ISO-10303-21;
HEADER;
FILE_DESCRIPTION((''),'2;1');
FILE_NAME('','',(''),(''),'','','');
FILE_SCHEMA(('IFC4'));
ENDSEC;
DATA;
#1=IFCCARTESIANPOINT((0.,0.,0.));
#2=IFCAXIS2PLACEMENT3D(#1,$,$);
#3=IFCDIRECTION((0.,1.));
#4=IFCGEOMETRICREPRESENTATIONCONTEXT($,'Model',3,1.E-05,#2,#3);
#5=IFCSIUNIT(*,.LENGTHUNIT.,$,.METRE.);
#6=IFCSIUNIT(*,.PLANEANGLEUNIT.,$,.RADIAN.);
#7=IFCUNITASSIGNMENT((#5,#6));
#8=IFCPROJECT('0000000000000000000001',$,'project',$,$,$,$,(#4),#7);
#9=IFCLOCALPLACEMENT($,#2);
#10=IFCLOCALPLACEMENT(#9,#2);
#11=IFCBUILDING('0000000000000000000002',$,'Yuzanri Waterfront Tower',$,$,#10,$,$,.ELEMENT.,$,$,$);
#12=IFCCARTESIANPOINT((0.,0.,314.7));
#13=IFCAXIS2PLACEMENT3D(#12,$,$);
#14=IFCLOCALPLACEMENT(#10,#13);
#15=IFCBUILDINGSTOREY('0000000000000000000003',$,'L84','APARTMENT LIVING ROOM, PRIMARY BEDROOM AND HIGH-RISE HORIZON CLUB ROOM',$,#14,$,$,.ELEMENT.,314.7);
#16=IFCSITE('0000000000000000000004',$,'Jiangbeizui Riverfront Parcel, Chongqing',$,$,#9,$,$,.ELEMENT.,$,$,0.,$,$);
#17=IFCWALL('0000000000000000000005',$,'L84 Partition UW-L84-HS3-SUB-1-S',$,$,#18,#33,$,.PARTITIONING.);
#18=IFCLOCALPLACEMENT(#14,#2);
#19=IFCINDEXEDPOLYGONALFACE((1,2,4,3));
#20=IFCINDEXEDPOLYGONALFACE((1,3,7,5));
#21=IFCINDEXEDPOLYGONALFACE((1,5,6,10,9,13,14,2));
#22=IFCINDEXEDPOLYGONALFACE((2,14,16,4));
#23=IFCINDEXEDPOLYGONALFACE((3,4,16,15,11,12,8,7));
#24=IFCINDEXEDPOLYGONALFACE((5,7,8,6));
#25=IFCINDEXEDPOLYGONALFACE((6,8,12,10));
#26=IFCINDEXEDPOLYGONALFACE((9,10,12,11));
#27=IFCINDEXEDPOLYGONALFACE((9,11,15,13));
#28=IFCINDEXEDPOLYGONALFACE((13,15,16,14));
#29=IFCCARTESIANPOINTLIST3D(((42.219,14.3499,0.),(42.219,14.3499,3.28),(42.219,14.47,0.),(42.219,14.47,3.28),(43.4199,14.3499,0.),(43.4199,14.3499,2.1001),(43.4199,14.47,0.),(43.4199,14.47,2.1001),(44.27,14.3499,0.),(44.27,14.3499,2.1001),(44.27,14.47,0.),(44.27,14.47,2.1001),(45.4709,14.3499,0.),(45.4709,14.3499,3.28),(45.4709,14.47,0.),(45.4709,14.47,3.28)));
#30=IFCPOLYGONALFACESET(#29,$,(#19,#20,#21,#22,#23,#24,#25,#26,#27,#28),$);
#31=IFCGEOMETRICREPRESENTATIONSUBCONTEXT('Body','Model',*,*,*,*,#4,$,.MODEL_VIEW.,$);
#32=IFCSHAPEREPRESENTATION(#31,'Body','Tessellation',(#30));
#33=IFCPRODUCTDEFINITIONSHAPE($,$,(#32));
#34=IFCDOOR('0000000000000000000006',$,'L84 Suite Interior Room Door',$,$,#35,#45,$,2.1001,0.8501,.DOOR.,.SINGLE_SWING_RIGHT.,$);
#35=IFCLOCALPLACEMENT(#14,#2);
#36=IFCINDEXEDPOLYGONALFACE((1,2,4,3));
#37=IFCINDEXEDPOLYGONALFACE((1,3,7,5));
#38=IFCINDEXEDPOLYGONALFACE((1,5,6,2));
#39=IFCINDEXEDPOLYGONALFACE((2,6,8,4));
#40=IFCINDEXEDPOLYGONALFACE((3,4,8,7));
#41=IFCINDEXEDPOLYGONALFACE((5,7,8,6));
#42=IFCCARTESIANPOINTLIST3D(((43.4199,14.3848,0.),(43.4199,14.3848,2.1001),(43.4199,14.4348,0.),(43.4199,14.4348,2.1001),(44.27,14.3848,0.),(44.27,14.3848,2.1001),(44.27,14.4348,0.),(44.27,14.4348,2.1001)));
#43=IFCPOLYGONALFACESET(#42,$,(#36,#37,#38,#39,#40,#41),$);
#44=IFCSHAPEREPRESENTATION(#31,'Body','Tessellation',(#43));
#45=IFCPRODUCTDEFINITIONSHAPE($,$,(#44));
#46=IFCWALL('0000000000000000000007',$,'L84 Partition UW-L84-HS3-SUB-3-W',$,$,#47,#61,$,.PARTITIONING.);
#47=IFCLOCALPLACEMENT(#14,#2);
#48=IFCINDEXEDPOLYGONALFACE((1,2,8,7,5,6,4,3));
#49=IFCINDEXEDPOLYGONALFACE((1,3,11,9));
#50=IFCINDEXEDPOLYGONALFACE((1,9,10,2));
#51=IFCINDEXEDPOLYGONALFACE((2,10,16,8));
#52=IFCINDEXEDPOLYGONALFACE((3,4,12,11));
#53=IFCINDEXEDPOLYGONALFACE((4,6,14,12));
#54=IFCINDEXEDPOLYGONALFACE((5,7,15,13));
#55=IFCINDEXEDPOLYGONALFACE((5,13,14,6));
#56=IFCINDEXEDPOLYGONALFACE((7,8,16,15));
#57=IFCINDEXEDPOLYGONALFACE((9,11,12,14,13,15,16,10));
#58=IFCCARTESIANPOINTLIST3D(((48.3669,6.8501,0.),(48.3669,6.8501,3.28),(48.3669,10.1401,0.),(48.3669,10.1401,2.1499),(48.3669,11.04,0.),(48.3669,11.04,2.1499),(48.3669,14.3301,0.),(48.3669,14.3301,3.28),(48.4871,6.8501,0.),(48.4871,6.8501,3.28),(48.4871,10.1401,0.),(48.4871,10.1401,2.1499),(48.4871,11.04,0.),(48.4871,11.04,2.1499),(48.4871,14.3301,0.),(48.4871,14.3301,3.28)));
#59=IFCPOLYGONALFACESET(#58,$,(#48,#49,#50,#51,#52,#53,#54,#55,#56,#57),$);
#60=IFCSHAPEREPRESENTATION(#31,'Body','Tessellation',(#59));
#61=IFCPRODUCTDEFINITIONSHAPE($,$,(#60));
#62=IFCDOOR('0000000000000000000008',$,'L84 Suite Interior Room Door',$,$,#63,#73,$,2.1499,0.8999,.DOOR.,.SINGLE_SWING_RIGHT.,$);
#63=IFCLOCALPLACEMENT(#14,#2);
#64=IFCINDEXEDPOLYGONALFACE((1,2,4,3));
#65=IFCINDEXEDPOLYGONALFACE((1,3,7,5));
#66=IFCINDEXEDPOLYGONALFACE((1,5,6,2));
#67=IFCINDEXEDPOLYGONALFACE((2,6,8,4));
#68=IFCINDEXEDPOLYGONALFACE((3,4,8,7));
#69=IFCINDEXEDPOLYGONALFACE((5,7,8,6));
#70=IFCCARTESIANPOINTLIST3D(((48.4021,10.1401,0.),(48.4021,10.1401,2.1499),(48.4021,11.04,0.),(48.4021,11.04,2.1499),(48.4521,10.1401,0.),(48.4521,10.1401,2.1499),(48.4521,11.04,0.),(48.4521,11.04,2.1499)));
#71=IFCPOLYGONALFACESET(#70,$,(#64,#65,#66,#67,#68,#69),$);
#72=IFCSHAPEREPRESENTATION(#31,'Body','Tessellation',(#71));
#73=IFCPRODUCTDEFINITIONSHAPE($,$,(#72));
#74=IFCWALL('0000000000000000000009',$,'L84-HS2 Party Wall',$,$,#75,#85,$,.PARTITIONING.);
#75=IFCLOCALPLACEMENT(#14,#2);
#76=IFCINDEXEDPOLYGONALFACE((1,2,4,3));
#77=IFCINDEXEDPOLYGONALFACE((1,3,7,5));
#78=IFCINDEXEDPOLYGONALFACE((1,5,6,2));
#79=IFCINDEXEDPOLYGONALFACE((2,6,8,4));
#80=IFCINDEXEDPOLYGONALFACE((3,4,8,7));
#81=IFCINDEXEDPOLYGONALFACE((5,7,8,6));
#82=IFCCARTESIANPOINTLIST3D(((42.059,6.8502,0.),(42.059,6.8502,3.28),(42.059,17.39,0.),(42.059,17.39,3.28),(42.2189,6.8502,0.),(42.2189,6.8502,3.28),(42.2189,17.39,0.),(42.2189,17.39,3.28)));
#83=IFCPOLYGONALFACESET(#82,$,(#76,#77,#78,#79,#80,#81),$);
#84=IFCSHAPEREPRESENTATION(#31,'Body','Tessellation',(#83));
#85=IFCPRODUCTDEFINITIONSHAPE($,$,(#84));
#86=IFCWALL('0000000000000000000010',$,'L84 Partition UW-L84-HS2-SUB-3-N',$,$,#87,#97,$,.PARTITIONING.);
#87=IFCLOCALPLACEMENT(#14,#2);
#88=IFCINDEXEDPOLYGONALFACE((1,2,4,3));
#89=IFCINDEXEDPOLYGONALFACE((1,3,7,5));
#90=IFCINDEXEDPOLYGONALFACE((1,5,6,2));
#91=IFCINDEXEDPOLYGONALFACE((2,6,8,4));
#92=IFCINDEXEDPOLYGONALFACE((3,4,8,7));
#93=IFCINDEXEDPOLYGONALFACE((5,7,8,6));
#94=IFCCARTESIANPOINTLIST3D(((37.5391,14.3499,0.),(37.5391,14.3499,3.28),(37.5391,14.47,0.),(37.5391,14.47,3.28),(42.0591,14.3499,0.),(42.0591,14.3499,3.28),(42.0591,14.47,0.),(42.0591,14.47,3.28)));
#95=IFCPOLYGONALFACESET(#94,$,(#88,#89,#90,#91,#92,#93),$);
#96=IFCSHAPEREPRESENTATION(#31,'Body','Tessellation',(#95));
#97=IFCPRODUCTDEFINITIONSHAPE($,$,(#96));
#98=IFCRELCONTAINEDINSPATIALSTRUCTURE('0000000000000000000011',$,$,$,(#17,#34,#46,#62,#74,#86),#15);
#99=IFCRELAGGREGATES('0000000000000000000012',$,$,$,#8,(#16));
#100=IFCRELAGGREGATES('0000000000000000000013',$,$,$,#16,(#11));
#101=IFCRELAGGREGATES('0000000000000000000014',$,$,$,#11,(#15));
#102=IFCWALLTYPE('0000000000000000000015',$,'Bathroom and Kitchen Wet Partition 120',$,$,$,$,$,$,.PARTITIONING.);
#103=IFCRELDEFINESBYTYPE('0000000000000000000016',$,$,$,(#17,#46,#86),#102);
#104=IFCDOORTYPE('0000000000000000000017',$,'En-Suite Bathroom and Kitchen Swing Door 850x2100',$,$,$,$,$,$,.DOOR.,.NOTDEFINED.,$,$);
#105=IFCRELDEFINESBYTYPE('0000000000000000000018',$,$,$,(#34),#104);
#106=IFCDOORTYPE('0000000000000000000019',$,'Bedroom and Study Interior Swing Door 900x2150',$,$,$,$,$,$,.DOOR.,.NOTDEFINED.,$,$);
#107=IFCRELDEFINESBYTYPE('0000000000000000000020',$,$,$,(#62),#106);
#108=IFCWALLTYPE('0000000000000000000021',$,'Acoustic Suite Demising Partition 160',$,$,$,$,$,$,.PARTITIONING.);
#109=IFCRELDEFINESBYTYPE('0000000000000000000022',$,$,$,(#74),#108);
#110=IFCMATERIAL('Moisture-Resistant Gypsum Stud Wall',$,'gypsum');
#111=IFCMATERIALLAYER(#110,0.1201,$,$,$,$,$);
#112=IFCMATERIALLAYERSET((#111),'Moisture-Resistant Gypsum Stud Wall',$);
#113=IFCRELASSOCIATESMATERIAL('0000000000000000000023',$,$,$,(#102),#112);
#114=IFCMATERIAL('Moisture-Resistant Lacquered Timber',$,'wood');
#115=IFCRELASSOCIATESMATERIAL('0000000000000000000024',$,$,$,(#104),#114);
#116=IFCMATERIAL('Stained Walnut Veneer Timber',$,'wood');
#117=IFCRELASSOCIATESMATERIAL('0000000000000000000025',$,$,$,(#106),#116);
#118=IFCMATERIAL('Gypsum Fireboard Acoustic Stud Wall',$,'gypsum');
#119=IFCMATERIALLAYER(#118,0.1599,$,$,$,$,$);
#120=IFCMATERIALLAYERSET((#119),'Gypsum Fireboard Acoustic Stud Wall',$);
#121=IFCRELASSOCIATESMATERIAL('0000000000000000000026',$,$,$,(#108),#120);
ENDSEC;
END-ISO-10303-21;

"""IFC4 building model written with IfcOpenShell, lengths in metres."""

from ifc_helpers import new_model, si_unit, direction, frame, frame_2d, origin, place, context, subcontext, project, spatial, rectangle, extrude, source, transform, mapped, material, layer, layer_set, type_object, element, fill, save


model = new_model("IFC4")

# Units and contexts
model_context = context("Model", 3, precision=1e-05, world=origin(), true_north=direction((0.0, 1.0)))
body_context = subcontext(model_context, "Body", "Model", "MODEL_VIEW")
ifc_project = project(units=[si_unit("LENGTHUNIT", "METRE"), si_unit("PLANEANGLEUNIT", "RADIAN")], contexts=[model_context])

# Site, building, storey
site_placement = place(None, origin())
site = spatial("IfcSite", under=ifc_project, at=site_placement, Name="Jiangbeizui Riverfront Parcel, Chongqing", CompositionType="ELEMENT", RefElevation=0.0)
building_placement = place(site_placement, origin())
building = spatial("IfcBuilding", under=site, at=building_placement, Name="Yuzanri Waterfront Tower", CompositionType="ELEMENT")
storey_placement = place(building_placement, frame((0.0, 0.0, 314.7)))
storey = spatial("IfcBuildingStorey", under=building, at=storey_placement, Name="L84", Description="APARTMENT LIVING ROOM, PRIMARY BEDROOM AND HIGH-RISE HORIZON CLUB ROOM", CompositionType="ELEMENT", Elevation=314.7)

# Walls, openings, doors
ifc_material_1 = material(Name="Moisture-Resistant Gypsum Stud Wall", Category="gypsum")
ifc_layer_1 = layer(ifc_material_1, 0.1201)
ifc_layer_set_1 = layer_set([ifc_layer_1], Name="Moisture-Resistant Gypsum Stud Wall")
wall_type_1 = type_object("IfcWallType", Name="Bathroom and Kitchen Wet Partition 120", PredefinedType="PARTITIONING", material=ifc_layer_set_1)
ifc_material_2 = material(Name="Moisture-Resistant Lacquered Timber", Category="wood")
door_type_1 = type_object("IfcDoorType", Name="En-Suite Bathroom and Kitchen Swing Door 850x2100", OperationType="NOTDEFINED", PredefinedType="DOOR", material=ifc_material_2)
shared_shape_1 = source(origin(), body_context, "Body", "SweptSolid", [
    extrude(rectangle(XDim=0.8501, YDim=2.1001, at=frame_2d((0.425, 1.05))), frame((0.0, 0.0249, 0.0), z_axis=(0.0, -1.0, 0.0), x_axis=(1.0, 0.0, 0.0)), (0.0, 0.0, 1.0), 0.05),
])
ifc_material_3 = material(Name="Stained Walnut Veneer Timber", Category="wood")
door_type_2 = type_object("IfcDoorType", Name="Bedroom and Study Interior Swing Door 900x2150", OperationType="NOTDEFINED", PredefinedType="DOOR", material=ifc_material_3)
shared_shape_2 = source(origin(), body_context, "Body", "SweptSolid", [
    extrude(rectangle(XDim=0.8999, YDim=2.1499, at=frame_2d((0.45, 1.075))), frame((0.0, 0.0249, 0.0), z_axis=(0.0, -1.0, 0.0), x_axis=(1.0, 0.0, 0.0)), (0.0, 0.0, 1.0), 0.05),
])
wall_1_placement = place(storey_placement, frame((42.219, 14.4099, 0.0), z_axis=(0.0, 0.0, 1.0), x_axis=(1.0, 0.0, 0.0)))
wall_1 = element("IfcWall", 1, at=wall_1_placement, inside=storey, type_object=wall_type_1, Name="L84 Partition UW-L84-HS3-SUB-1-S", PredefinedType="PARTITIONING", context=body_context, shape_type="SweptSolid", body=[
    extrude(rectangle(XDim=3.252, YDim=0.1201, at=frame_2d((1.626, 0.0))), origin(), (0.0, 0.0, 1.0), 3.28),
])
opening_1_placement = place(wall_1_placement, frame((1.2009, 0.0, 0.0)))
opening_1 = element("IfcOpeningElement", 2, at=opening_1_placement, cuts=wall_1, PredefinedType="OPENING", context=body_context, shape_type="SweptSolid", body=[
    extrude(rectangle(XDim=0.8501, YDim=2.1001, at=frame_2d((0.425, 1.05))), frame((0.0, 0.075, 0.0), z_axis=(0.0, -1.0, 0.0), x_axis=(1.0, 0.0, 0.0)), (0.0, 0.0, 1.0), 0.1499),
])
door_1_placement = place(opening_1_placement, origin())
door_1 = element("IfcDoor", 3, at=door_1_placement, inside=storey, type_object=door_type_1, Name="L84 Suite Interior Room Door", OperationType="SINGLE_SWING_RIGHT", OverallHeight=2.1001, OverallWidth=0.8501, PredefinedType="DOOR", context=body_context, shape_type="MappedRepresentation", body=[
    mapped(shared_shape_1, transform((0.0, 0.0, 0.0), scale=1.0)),
])
fill(opening_1, door_1)
wall_2_placement = place(storey_placement, frame((48.427, 6.8501, 0.0), z_axis=(0.0, 0.0, 1.0), x_axis=(0.0, 1.0, 0.0)))
wall_2 = element("IfcWall", 4, at=wall_2_placement, inside=storey, type_object=wall_type_1, Name="L84 Partition UW-L84-HS3-SUB-3-W", PredefinedType="PARTITIONING", context=body_context, shape_type="SweptSolid", body=[
    extrude(rectangle(XDim=7.48, YDim=0.1201, at=frame_2d((3.74, 0.0))), origin(), (0.0, 0.0, 1.0), 3.28),
])
opening_2_placement = place(wall_2_placement, frame((3.29, 0.0, 0.0)))
opening_2 = element("IfcOpeningElement", 5, at=opening_2_placement, cuts=wall_2, PredefinedType="OPENING", context=body_context, shape_type="SweptSolid", body=[
    extrude(rectangle(XDim=0.8999, YDim=2.1499, at=frame_2d((0.45, 1.075))), frame((0.0, 0.075, 0.0), z_axis=(0.0, -1.0, 0.0), x_axis=(1.0, 0.0, 0.0)), (0.0, 0.0, 1.0), 0.1499),
])
door_2_placement = place(opening_2_placement, origin())
door_2 = element("IfcDoor", 6, at=door_2_placement, inside=storey, type_object=door_type_2, Name="L84 Suite Interior Room Door", OperationType="SINGLE_SWING_RIGHT", OverallHeight=2.1499, OverallWidth=0.8999, PredefinedType="DOOR", context=body_context, shape_type="MappedRepresentation", body=[
    mapped(shared_shape_2, transform((0.0, 0.0, 0.0), scale=1.0)),
])
fill(opening_2, door_2)

# Walls
ifc_material_4 = material(Name="Gypsum Fireboard Acoustic Stud Wall", Category="gypsum")
ifc_layer_2 = layer(ifc_material_4, 0.1599)
ifc_layer_set_2 = layer_set([ifc_layer_2], Name="Gypsum Fireboard Acoustic Stud Wall")
wall_type_2 = type_object("IfcWallType", Name="Acoustic Suite Demising Partition 160", PredefinedType="PARTITIONING", material=ifc_layer_set_2)
shared_shape_3 = source(origin(), body_context, "Body", "SweptSolid", [
    extrude(rectangle(XDim=10.5398, YDim=0.1599, at=frame_2d((5.27, 0.0))), origin(), (0.0, 0.0, 1.0), 3.28),
])
wall_3_placement = place(storey_placement, frame((42.1389, 6.8501, 0.0), z_axis=(0.0, 0.0, 1.0), x_axis=(0.0, 1.0, 0.0)))
element("IfcWall", 7, at=wall_3_placement, inside=storey, type_object=wall_type_2, Name="L84-HS2 Party Wall", PredefinedType="PARTITIONING", context=body_context, shape_type="MappedRepresentation", body=[
    mapped(shared_shape_3, transform((0.0, 0.0, 0.0), scale=1.0)),
])
shared_shape_4 = source(origin(), body_context, "Body", "SweptSolid", [
    extrude(rectangle(XDim=4.52, YDim=0.1201, at=frame_2d((2.26, 0.0))), origin(), (0.0, 0.0, 1.0), 3.28),
])
wall_4_placement = place(storey_placement, frame((37.5391, 14.4099, 0.0), z_axis=(0.0, 0.0, 1.0), x_axis=(1.0, 0.0, 0.0)))
element("IfcWall", 8, at=wall_4_placement, inside=storey, type_object=wall_type_1, Name="L84 Partition UW-L84-HS2-SUB-3-N", PredefinedType="PARTITIONING", context=body_context, shape_type="MappedRepresentation", body=[
    mapped(shared_shape_4, transform((0.0, 0.0, 0.0), scale=1.0)),
])

save(model, "model.ifc")
